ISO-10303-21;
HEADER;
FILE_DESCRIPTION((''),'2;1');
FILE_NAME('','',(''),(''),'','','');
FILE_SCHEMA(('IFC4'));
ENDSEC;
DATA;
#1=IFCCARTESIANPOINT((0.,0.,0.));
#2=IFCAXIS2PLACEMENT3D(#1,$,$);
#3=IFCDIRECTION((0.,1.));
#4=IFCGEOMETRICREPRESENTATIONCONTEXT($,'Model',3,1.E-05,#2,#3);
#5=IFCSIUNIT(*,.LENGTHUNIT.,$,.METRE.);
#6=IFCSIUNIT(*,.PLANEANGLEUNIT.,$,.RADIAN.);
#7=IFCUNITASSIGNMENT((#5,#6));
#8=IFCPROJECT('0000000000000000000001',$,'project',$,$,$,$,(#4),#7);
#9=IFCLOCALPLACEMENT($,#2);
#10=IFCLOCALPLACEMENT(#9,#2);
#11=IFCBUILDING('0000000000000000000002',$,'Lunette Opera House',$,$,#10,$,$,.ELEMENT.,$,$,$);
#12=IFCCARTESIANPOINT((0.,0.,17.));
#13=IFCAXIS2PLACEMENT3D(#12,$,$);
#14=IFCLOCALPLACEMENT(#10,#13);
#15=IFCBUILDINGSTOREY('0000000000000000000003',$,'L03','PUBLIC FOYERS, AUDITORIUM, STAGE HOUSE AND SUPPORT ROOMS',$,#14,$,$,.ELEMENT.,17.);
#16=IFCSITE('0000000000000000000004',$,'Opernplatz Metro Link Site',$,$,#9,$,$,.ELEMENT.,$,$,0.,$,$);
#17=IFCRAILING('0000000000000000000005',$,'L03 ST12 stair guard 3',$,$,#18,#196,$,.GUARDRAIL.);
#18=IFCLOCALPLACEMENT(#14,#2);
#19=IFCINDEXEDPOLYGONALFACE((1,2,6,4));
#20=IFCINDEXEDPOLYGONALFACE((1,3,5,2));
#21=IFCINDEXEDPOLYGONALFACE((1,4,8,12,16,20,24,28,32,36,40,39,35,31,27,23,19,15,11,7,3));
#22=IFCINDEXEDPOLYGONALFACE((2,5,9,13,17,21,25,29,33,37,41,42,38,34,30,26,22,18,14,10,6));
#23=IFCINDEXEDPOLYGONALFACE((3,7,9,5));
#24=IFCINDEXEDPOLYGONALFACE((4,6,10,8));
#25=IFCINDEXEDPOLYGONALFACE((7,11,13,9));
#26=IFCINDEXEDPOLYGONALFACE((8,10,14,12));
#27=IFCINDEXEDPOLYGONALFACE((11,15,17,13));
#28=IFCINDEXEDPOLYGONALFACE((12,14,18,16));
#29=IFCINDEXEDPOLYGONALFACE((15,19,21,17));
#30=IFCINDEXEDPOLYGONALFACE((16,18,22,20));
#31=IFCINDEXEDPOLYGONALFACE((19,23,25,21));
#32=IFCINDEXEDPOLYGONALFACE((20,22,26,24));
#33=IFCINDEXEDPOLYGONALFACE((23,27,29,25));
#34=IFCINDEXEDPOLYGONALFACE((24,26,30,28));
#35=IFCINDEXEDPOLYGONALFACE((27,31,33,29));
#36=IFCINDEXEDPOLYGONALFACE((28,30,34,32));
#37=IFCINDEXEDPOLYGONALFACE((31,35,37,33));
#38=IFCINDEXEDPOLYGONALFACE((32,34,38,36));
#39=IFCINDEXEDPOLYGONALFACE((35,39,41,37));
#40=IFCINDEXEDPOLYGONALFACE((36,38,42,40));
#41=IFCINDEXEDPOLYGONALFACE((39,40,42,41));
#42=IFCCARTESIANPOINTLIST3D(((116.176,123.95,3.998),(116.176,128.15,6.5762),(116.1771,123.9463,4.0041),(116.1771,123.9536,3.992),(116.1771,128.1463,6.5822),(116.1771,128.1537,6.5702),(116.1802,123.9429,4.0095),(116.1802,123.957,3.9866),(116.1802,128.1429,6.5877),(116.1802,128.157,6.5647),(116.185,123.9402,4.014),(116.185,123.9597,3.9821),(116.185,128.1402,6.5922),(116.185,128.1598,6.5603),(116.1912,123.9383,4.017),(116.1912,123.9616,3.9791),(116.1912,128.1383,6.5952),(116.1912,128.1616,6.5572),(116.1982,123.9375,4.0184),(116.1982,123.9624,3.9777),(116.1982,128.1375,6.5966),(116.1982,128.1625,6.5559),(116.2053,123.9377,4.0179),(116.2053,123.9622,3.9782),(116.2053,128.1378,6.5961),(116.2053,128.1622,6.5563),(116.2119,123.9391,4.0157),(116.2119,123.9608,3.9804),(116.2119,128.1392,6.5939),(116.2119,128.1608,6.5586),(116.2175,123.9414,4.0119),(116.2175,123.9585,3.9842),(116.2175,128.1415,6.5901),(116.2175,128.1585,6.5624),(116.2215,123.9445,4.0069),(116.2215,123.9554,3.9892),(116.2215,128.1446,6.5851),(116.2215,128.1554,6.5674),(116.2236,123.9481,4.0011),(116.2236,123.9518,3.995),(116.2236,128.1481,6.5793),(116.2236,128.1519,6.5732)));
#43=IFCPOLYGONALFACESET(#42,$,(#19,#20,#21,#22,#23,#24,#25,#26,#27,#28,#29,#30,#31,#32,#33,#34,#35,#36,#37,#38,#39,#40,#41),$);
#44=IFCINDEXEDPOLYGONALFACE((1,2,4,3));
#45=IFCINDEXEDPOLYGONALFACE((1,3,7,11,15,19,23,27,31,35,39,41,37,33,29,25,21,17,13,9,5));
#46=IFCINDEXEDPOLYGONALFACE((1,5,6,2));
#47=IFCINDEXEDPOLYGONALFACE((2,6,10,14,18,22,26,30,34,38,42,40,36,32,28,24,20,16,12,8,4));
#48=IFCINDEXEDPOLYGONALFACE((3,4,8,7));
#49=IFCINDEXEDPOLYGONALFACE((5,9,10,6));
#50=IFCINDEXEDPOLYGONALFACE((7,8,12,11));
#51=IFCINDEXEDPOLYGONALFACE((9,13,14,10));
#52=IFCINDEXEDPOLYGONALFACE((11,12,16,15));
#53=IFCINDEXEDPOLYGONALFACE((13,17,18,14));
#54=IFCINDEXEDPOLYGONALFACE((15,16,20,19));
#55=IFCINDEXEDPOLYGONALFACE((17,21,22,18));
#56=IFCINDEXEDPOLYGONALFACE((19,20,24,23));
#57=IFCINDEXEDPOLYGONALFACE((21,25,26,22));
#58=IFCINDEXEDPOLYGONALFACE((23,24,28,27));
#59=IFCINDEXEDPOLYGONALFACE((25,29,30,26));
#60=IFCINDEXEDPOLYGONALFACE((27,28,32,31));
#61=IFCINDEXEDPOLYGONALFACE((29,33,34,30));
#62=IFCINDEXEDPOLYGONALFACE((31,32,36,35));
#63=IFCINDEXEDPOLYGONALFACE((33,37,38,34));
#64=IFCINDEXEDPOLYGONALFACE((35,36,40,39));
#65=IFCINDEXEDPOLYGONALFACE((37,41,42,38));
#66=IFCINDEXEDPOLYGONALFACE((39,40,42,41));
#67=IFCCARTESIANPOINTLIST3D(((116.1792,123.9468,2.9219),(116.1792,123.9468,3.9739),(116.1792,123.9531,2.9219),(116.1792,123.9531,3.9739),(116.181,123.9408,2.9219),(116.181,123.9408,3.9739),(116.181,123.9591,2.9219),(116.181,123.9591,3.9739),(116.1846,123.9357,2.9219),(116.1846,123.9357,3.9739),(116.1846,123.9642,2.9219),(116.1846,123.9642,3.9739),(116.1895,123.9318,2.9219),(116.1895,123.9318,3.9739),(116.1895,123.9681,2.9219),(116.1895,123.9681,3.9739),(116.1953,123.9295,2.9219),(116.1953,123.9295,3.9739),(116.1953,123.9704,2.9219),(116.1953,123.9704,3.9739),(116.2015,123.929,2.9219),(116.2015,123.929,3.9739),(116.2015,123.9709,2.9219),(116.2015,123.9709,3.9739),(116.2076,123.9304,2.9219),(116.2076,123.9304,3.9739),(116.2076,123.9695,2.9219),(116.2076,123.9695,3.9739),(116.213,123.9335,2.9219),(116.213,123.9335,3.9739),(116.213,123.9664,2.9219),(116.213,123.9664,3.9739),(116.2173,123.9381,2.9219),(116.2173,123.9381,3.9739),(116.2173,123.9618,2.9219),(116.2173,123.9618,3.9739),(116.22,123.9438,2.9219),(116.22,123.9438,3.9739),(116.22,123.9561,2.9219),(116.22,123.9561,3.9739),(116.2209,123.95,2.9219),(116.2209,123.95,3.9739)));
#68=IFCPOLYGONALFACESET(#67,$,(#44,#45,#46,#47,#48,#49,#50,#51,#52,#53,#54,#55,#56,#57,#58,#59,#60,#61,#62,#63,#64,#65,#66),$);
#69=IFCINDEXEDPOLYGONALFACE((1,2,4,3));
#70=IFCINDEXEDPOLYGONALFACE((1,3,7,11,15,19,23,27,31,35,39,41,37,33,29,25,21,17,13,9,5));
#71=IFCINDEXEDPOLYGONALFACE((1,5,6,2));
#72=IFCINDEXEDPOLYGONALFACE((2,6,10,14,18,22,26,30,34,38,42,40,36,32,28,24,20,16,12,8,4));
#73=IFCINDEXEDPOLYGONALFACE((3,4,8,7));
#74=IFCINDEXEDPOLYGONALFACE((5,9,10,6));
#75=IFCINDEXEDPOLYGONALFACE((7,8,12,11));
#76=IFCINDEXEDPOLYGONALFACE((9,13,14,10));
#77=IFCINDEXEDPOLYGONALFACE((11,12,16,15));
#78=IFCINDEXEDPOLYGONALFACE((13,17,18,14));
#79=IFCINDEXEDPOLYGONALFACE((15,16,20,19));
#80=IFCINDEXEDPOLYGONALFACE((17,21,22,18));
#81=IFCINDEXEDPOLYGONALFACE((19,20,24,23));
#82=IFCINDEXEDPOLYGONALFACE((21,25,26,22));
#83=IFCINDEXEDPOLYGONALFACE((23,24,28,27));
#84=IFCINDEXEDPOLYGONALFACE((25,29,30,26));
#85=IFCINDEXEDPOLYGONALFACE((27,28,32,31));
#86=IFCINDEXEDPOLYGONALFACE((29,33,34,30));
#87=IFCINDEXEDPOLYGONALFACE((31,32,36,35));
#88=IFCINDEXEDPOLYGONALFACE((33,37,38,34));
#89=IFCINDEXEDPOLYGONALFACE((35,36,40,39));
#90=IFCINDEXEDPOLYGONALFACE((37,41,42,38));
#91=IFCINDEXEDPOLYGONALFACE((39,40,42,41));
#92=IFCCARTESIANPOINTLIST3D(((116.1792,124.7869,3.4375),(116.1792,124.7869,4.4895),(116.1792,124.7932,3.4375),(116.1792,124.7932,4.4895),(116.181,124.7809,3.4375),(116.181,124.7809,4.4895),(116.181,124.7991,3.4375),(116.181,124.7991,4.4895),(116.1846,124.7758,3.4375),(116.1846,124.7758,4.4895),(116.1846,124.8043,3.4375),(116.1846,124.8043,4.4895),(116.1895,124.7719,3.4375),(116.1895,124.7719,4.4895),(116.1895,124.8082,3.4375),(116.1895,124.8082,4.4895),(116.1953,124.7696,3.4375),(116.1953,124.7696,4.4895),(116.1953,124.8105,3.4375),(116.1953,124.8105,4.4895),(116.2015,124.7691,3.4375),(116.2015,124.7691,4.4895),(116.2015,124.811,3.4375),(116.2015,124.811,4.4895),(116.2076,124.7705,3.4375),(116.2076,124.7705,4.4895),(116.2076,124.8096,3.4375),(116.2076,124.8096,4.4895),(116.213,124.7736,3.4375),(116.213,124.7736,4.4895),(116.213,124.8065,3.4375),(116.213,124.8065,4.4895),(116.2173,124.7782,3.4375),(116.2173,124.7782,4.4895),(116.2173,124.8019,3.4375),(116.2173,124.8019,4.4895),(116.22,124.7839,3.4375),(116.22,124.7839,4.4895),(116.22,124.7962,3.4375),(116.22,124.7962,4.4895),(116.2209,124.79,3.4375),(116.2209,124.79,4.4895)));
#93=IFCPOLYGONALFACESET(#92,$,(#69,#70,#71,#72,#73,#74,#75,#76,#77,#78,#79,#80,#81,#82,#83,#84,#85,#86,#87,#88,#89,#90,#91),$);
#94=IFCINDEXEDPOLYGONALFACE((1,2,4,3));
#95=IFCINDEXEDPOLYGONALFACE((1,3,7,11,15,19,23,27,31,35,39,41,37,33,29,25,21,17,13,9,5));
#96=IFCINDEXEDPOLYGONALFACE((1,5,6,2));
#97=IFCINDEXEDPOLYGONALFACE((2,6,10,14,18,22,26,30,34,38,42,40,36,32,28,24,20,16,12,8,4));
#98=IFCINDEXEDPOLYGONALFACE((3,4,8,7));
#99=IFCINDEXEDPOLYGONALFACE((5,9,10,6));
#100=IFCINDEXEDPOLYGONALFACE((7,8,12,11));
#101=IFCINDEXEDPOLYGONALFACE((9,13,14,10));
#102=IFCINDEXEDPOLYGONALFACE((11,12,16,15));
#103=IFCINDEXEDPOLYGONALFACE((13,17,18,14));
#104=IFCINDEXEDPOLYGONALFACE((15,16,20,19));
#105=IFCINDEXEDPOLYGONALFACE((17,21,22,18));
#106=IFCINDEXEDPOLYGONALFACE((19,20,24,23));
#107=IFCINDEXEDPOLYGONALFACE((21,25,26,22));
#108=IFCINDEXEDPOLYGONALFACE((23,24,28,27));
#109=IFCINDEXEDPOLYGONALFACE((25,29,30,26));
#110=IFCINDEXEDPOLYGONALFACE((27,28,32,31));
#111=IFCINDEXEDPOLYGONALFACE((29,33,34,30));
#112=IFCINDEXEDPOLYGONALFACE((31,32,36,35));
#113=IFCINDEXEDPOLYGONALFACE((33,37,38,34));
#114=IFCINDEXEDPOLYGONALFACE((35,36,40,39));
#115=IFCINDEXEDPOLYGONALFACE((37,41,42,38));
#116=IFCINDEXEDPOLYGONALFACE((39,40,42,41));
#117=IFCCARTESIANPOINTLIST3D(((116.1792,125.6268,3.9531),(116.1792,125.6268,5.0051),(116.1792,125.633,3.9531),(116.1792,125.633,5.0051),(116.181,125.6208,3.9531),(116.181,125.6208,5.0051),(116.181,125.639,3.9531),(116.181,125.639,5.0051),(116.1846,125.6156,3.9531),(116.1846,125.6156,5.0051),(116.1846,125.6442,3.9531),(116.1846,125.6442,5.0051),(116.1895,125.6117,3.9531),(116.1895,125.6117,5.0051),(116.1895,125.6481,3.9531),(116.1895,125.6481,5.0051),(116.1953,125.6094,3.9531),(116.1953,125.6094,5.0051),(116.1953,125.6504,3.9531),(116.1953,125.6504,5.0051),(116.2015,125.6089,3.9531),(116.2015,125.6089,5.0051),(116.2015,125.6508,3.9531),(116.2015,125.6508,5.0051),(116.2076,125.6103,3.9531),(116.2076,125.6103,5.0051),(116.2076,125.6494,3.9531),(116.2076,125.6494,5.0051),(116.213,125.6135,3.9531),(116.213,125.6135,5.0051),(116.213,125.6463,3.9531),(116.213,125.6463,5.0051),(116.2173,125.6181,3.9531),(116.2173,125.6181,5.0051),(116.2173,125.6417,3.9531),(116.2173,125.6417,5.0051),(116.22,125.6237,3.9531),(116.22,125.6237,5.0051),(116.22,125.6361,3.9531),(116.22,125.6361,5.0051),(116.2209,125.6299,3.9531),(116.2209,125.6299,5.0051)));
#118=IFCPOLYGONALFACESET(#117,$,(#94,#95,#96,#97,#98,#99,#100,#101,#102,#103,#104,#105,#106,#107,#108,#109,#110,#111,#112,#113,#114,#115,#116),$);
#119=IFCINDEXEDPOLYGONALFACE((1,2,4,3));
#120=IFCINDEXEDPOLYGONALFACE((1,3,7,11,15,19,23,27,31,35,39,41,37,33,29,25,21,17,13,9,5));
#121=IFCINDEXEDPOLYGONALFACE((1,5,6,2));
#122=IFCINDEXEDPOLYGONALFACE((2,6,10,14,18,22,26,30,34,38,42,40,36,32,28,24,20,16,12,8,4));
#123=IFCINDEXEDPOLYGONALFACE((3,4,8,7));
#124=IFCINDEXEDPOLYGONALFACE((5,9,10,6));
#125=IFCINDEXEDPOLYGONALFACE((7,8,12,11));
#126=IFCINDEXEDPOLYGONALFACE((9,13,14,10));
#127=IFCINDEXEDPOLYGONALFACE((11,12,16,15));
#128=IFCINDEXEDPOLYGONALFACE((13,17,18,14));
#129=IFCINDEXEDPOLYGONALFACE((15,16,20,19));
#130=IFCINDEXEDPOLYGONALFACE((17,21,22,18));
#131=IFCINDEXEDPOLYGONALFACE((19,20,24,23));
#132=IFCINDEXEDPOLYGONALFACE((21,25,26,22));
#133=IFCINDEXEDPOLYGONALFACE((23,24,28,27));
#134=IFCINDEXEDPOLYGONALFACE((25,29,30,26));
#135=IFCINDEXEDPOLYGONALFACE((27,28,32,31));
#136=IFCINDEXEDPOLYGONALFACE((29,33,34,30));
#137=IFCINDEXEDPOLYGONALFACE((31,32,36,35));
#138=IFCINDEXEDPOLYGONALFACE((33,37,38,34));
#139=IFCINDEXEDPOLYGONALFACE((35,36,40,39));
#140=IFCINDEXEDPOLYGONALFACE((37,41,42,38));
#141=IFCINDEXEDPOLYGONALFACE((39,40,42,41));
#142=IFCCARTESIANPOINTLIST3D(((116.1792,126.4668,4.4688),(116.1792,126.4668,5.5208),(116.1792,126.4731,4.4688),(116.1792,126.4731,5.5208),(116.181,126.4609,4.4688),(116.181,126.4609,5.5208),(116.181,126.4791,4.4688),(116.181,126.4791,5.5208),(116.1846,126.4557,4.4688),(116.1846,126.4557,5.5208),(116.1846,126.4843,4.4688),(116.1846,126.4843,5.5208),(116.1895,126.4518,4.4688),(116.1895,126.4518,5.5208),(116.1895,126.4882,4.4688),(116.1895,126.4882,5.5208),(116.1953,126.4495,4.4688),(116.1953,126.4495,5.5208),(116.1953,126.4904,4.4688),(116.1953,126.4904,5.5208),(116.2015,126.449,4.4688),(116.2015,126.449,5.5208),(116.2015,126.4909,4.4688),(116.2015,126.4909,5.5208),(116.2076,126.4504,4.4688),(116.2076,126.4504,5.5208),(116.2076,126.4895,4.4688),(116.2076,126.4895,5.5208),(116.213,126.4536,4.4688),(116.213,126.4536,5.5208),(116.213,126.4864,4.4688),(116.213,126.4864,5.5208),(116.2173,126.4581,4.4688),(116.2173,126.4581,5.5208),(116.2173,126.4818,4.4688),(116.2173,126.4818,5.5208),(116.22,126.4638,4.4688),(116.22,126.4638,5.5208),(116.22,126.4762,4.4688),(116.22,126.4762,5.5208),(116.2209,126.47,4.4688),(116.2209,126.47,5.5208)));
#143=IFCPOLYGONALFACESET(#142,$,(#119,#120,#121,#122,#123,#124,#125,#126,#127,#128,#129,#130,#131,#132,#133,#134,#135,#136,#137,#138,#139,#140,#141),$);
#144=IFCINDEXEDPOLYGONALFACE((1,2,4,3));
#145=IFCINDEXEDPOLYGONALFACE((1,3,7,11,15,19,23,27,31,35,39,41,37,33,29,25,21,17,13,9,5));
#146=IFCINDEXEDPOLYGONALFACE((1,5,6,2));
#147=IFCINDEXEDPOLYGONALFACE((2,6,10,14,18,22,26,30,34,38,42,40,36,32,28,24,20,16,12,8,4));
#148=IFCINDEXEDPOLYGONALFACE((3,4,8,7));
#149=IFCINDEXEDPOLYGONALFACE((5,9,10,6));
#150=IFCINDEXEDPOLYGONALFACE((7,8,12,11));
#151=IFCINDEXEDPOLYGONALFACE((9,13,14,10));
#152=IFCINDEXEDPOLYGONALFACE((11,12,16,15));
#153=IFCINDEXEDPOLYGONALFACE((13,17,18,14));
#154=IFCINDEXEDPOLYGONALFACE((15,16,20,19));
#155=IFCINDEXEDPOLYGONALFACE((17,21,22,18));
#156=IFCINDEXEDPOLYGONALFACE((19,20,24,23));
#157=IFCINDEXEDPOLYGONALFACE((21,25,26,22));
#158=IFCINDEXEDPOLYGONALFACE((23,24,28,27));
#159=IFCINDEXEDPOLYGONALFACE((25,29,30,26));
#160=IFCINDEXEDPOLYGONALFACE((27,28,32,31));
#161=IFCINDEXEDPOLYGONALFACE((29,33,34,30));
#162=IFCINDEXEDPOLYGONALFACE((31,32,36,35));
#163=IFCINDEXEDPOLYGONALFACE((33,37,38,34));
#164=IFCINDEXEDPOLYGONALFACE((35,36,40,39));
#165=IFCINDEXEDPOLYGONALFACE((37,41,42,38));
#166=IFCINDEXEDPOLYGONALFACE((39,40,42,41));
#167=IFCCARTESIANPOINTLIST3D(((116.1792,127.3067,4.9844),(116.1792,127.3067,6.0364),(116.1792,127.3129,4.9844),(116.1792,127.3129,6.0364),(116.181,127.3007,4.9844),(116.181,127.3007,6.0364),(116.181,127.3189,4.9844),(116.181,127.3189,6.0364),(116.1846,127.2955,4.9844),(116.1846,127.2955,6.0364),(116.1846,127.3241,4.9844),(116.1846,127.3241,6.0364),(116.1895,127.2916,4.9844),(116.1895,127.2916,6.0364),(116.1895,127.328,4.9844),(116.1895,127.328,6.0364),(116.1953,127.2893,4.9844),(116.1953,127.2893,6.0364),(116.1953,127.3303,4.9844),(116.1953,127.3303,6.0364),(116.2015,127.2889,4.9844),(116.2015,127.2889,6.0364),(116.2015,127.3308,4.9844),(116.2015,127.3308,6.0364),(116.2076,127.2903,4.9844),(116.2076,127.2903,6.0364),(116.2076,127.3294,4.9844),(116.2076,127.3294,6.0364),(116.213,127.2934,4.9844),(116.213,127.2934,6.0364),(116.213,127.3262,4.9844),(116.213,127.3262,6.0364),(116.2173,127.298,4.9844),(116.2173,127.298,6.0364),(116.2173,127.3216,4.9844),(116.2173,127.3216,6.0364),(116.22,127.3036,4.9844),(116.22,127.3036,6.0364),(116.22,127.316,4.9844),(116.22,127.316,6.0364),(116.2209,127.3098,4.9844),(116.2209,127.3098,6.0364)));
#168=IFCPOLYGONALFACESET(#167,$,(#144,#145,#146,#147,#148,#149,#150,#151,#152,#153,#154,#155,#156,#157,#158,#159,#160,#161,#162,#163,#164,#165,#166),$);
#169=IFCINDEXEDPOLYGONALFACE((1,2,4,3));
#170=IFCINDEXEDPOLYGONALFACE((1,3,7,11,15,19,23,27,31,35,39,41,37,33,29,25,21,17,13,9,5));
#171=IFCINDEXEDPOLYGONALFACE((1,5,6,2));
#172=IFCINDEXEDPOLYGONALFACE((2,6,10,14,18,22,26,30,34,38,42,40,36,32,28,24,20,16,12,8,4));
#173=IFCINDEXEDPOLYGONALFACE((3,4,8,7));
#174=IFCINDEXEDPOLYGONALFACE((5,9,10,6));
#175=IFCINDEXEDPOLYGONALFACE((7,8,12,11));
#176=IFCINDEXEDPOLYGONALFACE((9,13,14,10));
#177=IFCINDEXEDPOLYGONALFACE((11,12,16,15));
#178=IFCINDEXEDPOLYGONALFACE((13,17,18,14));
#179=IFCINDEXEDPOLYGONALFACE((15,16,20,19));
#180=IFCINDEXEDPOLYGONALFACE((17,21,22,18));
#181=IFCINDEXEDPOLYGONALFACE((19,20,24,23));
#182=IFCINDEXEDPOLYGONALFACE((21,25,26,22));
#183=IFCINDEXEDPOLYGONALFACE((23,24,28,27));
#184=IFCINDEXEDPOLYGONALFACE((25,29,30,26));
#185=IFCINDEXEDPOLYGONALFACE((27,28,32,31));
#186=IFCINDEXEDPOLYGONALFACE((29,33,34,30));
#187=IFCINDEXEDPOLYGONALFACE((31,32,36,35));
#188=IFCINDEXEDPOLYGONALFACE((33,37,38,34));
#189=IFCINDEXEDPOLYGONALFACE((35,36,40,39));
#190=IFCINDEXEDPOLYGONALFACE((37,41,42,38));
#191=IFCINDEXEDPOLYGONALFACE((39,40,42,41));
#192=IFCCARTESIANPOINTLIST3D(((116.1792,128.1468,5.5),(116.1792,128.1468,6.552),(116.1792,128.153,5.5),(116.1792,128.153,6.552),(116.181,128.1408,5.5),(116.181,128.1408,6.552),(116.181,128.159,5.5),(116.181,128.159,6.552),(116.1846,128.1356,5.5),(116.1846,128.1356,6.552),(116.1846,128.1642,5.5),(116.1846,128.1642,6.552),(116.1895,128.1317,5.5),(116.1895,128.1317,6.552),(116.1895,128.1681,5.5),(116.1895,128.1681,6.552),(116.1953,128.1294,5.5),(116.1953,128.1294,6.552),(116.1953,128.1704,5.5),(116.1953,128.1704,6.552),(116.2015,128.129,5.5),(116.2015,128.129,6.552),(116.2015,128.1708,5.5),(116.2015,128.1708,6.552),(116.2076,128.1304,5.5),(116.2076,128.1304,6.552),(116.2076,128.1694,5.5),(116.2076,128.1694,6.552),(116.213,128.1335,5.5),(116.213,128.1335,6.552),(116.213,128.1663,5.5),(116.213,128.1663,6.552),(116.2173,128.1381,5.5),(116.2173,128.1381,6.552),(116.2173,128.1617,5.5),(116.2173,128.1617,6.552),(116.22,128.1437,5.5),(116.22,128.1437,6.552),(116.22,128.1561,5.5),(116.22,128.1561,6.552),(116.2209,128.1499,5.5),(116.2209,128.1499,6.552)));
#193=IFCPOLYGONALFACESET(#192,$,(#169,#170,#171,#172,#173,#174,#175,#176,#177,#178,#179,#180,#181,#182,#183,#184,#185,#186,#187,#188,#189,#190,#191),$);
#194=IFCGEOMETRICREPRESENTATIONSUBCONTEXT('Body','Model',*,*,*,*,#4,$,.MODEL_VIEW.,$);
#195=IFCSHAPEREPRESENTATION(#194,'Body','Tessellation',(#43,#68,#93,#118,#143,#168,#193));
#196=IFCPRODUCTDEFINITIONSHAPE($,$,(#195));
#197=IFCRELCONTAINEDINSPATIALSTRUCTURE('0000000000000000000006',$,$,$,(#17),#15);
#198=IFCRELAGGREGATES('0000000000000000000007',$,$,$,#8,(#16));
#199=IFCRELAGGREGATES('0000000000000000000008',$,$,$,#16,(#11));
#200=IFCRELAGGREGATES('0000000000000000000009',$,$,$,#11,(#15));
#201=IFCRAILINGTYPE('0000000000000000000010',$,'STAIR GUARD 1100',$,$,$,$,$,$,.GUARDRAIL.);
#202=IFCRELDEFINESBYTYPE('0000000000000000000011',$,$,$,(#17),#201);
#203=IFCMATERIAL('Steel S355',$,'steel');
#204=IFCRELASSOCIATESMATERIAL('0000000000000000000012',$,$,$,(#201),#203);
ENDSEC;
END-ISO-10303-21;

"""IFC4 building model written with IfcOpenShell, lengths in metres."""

from ifc_helpers import new_model, si_unit, direction, frame, origin, origin_2d, place, context, subcontext, project, spatial, circle, extrude, material, type_object, element, save


model = new_model("IFC4")

# Units and contexts
model_context = context("Model", 3, precision=1e-05, world=origin(), true_north=direction((0.0, 1.0)))
body_context = subcontext(model_context, "Body", "Model", "MODEL_VIEW")
ifc_project = project(units=[si_unit("LENGTHUNIT", "METRE"), si_unit("PLANEANGLEUNIT", "RADIAN")], contexts=[model_context])

# Site, building, storey
site_placement = place(None, origin())
site = spatial("IfcSite", under=ifc_project, at=site_placement, Name="Opernplatz Metro Link Site", CompositionType="ELEMENT", RefElevation=0.0)
building_placement = place(site_placement, origin())
building = spatial("IfcBuilding", under=site, at=building_placement, Name="Lunette Opera House", CompositionType="ELEMENT")
storey_placement = place(building_placement, frame((0.0, 0.0, 17.0)))
storey = spatial("IfcBuildingStorey", under=building, at=storey_placement, Name="L03", Description="PUBLIC FOYERS, AUDITORIUM, STAGE HOUSE AND SUPPORT ROOMS", CompositionType="ELEMENT", Elevation=17.0)

# Railing
ifc_material_1 = material(Name="Steel S355", Category="steel")
railing_type_1 = type_object("IfcRailingType", Name="STAIR GUARD 1100", PredefinedType="GUARDRAIL", material=ifc_material_1)
railing_1_placement = place(storey_placement, frame((116.2, 123.95, 2.9219)))
element("IfcRailing", 1, at=railing_1_placement, inside=storey, type_object=railing_type_1, Name="L03 ST12 stair guard 3", PredefinedType="GUARDRAIL", context=body_context, shape_type="SweptSolid", body=[
    extrude(circle(Radius=0.0239, at=origin_2d()), frame((0.0, 0.0, 1.0762), z_axis=(0.0, 0.852243, 0.523146), x_axis=(-1.0, 0.0, 0.0)), (0.0, 0.0, 1.0), 4.9282),
    extrude(circle(Radius=0.021, at=origin_2d()), origin(), (0.0, 0.0, 1.0), 1.052),
    extrude(circle(Radius=0.021, at=origin_2d()), frame((0.0, 0.8401, 0.5156)), (0.0, 0.0, 1.0), 1.052),
    extrude(circle(Radius=0.021, at=origin_2d()), frame((0.0, 1.6799, 1.0312)), (0.0, 0.0, 1.0), 1.052),
    extrude(circle(Radius=0.021, at=origin_2d()), frame((0.0, 2.52, 1.5469)), (0.0, 0.0, 1.0), 1.052),
    extrude(circle(Radius=0.021, at=origin_2d()), frame((0.0, 3.3599, 2.0625)), (0.0, 0.0, 1.0), 1.052),
    extrude(circle(Radius=0.021, at=origin_2d()), frame((0.0, 4.2, 2.5781)), (0.0, 0.0, 1.0), 1.052),
])

save(model, "model.ifc")
